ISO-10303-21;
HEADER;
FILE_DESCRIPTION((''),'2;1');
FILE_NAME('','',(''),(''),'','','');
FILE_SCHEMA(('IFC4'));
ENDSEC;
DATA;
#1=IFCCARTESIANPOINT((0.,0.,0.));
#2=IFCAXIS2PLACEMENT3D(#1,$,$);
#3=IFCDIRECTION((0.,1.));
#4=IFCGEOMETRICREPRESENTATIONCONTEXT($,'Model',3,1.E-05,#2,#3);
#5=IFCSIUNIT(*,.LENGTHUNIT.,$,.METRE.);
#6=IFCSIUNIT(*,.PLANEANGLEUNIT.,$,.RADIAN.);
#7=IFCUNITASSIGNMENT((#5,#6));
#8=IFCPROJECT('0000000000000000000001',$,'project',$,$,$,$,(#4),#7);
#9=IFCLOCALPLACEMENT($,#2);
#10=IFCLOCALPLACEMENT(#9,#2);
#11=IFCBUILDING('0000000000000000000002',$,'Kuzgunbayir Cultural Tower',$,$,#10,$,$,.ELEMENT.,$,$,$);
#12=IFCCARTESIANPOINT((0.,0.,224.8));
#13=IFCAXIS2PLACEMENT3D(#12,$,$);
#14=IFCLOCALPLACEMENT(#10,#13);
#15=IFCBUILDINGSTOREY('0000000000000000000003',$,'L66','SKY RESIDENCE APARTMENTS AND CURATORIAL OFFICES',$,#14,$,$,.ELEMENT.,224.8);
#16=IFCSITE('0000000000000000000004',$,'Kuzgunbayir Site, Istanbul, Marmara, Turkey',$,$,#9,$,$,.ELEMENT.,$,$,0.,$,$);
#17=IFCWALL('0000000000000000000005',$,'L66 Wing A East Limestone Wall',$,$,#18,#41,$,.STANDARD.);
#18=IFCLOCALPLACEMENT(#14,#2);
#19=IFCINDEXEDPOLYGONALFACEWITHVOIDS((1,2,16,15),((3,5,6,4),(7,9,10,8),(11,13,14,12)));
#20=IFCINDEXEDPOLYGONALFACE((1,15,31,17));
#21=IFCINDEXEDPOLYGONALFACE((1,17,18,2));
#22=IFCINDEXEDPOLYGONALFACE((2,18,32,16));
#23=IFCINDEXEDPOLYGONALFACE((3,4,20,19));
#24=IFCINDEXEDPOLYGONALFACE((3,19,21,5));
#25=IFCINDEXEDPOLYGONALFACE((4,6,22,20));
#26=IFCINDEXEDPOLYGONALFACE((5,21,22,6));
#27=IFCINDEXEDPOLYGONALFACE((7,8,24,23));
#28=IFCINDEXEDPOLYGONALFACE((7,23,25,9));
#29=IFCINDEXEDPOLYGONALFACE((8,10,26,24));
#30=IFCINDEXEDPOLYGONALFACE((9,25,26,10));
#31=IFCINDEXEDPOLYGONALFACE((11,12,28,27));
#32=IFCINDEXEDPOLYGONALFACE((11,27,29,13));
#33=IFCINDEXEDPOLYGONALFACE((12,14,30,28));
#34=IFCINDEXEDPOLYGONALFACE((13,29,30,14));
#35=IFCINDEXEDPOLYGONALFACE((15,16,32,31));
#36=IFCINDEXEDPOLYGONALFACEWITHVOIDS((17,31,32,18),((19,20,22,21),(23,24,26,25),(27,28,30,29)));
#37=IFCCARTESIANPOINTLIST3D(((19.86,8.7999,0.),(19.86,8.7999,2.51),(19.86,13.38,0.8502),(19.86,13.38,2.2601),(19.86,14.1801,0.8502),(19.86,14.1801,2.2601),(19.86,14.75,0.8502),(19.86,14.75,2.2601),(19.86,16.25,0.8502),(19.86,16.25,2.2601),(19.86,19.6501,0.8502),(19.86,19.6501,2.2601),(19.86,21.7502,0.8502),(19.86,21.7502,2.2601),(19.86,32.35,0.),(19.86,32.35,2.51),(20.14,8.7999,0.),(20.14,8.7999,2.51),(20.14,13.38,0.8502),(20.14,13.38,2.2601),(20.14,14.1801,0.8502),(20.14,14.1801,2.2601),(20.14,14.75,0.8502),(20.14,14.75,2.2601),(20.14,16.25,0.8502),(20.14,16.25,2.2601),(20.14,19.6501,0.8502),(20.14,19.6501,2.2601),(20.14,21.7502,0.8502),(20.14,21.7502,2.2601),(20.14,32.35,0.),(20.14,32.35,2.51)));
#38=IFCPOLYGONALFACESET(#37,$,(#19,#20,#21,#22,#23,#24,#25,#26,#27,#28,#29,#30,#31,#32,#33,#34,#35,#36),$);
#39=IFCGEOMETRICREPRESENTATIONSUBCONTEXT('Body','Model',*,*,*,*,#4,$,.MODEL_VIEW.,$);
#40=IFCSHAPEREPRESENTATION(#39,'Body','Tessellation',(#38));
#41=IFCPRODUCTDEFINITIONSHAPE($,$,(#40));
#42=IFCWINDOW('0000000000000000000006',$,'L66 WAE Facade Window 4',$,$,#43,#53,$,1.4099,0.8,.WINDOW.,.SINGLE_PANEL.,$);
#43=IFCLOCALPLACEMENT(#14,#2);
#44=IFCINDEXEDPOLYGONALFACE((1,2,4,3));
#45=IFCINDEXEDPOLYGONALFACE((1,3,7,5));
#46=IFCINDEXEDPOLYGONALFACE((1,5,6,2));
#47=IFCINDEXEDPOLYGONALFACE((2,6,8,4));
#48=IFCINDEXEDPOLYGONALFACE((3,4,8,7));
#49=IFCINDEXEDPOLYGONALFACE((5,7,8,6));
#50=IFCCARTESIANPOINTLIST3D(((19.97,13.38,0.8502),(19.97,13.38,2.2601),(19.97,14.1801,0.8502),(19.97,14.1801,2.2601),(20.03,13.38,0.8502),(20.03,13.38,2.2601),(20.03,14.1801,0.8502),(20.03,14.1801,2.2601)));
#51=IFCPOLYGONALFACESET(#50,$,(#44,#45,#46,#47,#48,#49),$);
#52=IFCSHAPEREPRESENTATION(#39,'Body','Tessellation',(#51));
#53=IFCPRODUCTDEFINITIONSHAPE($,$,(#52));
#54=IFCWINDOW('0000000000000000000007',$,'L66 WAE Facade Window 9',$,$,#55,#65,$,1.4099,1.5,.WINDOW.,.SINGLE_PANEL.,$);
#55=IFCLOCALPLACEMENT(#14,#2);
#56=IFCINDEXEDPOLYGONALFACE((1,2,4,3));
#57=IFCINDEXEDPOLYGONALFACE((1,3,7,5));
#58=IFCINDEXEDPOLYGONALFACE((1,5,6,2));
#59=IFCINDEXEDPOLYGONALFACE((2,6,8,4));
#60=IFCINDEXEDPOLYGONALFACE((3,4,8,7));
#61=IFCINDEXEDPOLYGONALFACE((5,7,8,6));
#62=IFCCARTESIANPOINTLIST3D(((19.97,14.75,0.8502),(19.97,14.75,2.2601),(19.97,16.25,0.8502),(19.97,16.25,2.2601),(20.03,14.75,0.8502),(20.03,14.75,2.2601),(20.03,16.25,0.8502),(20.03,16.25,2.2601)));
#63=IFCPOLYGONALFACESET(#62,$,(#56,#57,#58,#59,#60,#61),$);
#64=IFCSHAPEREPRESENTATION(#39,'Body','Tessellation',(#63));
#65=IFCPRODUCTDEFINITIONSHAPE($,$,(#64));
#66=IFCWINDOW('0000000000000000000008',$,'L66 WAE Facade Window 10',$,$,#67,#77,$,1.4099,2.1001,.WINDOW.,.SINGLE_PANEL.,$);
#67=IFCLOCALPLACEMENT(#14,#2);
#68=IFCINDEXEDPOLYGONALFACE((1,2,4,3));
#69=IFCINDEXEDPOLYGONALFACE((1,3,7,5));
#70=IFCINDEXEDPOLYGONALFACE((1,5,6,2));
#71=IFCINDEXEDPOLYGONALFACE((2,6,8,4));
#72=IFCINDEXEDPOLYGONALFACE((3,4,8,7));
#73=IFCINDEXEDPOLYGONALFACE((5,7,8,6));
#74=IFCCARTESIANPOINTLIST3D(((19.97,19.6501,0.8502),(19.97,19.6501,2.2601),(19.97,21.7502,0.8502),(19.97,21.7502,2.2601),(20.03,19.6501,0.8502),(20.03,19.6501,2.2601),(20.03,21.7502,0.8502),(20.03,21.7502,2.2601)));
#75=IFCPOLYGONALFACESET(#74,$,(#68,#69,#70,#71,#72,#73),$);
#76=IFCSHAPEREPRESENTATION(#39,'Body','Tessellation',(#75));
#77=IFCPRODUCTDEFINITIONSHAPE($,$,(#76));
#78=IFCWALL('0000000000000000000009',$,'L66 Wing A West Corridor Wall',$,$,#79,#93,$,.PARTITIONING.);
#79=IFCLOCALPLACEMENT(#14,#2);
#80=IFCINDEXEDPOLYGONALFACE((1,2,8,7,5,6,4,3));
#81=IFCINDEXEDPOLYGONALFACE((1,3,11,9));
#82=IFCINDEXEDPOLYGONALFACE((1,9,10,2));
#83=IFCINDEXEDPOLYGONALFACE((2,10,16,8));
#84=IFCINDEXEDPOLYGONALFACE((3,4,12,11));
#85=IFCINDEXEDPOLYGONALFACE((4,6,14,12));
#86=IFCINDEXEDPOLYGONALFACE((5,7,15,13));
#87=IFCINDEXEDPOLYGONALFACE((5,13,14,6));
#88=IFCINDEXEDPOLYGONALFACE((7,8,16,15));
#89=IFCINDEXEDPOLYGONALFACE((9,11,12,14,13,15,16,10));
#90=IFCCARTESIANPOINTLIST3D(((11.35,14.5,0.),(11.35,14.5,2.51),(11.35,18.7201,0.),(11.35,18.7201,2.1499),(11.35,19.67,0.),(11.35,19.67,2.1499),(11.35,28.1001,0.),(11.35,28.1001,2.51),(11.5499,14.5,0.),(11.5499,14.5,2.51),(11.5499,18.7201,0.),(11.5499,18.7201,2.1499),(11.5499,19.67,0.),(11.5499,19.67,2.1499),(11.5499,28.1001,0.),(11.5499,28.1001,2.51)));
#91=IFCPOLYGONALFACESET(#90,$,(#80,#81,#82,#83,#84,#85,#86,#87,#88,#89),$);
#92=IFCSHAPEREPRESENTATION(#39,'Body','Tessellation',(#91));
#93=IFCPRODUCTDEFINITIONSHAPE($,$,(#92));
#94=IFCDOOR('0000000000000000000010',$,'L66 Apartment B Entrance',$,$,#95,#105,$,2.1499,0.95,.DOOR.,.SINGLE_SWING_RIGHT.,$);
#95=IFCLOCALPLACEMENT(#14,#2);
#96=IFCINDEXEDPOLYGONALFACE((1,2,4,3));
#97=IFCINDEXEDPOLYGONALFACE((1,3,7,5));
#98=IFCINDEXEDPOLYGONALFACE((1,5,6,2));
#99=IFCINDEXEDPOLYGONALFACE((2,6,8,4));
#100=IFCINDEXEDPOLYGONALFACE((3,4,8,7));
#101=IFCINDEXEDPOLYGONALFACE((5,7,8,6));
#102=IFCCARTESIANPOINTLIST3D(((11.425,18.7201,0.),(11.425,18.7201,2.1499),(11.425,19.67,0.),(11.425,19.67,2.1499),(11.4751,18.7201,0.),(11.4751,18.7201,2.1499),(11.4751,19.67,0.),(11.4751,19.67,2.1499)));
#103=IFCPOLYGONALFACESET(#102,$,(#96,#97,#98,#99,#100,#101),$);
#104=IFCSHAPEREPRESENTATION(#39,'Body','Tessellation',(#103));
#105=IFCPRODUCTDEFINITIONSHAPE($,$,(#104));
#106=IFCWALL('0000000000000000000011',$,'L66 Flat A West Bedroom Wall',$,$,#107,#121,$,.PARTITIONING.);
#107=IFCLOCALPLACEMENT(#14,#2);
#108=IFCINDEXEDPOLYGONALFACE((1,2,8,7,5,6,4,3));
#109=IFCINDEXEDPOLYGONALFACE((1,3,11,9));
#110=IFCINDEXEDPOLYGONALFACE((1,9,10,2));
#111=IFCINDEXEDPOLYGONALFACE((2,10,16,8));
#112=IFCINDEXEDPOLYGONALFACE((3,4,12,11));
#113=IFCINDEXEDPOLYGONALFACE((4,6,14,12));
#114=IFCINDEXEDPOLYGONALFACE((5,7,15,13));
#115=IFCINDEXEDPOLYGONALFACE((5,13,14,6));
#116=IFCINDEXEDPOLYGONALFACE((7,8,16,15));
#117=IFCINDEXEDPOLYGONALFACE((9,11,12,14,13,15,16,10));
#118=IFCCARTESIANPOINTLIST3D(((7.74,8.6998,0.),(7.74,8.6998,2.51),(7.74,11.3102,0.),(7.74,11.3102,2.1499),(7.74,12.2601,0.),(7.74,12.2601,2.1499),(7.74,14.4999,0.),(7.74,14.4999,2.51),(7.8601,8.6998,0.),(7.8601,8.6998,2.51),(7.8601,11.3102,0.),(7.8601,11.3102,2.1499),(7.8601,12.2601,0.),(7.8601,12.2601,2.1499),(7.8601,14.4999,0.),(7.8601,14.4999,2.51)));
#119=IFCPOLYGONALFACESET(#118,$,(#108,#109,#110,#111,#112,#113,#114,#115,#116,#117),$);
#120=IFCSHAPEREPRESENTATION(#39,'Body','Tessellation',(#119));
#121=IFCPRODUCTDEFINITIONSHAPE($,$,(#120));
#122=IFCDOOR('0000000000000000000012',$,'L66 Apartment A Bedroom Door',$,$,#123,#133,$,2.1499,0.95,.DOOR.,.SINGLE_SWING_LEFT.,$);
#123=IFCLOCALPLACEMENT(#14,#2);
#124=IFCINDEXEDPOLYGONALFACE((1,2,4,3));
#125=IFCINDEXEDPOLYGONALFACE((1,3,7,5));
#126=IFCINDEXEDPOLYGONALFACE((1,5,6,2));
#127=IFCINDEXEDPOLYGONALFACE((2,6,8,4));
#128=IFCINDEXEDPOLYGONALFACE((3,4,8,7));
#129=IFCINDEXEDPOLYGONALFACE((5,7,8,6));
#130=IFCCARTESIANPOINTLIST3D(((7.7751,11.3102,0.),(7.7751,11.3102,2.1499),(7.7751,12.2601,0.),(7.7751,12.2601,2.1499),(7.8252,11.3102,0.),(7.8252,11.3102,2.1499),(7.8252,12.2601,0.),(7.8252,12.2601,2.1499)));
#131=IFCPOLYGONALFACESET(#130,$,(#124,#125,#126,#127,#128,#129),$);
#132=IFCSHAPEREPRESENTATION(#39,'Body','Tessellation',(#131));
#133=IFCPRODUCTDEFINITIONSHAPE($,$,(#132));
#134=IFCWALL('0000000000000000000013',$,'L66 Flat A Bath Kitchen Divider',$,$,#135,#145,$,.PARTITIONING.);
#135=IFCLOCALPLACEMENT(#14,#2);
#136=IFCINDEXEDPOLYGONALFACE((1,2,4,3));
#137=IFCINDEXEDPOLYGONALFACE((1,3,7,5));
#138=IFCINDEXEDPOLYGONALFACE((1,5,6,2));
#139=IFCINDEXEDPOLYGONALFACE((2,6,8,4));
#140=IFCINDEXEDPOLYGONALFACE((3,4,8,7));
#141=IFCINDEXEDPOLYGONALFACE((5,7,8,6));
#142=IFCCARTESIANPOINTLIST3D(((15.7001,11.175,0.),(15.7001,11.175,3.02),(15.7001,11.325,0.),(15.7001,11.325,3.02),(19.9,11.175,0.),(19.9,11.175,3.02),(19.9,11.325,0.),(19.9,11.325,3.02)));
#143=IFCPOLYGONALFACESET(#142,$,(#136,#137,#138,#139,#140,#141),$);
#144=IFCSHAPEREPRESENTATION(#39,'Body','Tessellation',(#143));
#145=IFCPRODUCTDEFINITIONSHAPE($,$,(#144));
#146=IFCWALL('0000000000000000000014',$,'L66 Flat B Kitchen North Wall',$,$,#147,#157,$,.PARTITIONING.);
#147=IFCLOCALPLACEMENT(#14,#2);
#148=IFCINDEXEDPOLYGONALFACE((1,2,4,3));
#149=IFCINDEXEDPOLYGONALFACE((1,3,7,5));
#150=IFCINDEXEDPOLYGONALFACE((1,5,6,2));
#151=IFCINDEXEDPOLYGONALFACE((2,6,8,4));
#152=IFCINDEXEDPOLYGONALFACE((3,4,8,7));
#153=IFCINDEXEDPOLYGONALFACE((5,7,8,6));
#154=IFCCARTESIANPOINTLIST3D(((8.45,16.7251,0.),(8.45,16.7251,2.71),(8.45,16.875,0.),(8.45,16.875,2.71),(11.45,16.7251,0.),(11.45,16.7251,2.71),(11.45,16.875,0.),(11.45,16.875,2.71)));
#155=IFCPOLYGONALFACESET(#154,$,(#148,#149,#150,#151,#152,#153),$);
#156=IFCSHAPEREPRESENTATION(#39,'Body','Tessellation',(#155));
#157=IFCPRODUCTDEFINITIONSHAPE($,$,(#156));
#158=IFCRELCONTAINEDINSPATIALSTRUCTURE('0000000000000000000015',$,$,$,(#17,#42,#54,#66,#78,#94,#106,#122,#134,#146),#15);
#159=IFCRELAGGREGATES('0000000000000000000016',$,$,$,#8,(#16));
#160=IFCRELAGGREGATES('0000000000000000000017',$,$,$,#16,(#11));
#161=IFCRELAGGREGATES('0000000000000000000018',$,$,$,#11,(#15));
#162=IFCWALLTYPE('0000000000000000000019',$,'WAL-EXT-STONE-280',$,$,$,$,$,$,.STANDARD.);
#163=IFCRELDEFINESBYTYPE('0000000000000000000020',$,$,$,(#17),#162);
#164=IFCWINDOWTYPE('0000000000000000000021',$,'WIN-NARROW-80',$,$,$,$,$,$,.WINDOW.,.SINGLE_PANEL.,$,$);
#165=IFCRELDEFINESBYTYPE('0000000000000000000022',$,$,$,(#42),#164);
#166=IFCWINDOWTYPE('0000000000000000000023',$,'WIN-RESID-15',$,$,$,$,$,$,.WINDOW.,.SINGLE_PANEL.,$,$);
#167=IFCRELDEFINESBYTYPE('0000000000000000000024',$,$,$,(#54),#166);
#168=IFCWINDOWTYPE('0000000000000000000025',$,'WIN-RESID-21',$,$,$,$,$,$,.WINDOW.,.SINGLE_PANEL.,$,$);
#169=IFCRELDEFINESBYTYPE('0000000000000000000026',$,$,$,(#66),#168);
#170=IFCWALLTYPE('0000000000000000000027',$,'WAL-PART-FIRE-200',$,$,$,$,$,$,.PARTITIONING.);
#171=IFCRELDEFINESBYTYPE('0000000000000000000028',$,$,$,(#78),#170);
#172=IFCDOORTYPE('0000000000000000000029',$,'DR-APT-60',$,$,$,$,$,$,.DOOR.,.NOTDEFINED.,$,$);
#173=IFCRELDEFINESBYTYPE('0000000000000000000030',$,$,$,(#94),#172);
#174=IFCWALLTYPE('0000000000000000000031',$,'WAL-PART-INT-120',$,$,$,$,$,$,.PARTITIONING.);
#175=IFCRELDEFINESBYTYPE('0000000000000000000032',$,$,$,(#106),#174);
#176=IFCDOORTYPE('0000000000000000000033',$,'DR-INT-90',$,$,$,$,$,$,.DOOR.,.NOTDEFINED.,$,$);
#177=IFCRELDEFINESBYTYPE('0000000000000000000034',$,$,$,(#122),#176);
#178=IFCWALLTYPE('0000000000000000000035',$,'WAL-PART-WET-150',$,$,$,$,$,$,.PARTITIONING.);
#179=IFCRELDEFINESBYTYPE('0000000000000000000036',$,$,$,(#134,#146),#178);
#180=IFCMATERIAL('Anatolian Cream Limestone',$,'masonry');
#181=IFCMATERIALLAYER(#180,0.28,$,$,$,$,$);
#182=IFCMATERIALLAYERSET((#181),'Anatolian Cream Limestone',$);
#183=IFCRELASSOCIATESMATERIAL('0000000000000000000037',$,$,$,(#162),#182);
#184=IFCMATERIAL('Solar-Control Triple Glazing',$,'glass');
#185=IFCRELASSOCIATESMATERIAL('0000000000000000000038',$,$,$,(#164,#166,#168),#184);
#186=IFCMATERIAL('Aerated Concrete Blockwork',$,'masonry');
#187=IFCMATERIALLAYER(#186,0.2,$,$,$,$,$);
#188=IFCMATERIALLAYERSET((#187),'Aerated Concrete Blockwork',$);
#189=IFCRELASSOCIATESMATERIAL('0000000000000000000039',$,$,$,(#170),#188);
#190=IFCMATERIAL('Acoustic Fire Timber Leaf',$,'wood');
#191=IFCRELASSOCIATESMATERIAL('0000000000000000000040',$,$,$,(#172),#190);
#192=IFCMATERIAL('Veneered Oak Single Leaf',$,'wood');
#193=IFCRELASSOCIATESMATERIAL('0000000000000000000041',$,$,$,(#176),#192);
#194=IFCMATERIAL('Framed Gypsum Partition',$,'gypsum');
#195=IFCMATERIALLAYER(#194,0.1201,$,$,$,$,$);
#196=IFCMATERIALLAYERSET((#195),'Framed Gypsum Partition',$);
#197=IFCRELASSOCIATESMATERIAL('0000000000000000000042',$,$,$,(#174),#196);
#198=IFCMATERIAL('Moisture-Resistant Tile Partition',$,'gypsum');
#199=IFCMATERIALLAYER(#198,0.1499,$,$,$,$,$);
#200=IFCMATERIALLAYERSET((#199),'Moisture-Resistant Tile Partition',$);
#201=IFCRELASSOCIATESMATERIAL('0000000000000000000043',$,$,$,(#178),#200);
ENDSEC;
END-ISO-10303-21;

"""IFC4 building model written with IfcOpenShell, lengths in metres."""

from ifc_helpers import new_model, si_unit, direction, frame, frame_2d, origin, place, context, subcontext, project, spatial, rectangle, extrude, material, layer, layer_set, type_object, element, fill, save


model = new_model("IFC4")

# Units and contexts
model_context = context("Model", 3, precision=1e-05, world=origin(), true_north=direction((0.0, 1.0)))
body_context = subcontext(model_context, "Body", "Model", "MODEL_VIEW")
ifc_project = project(units=[si_unit("LENGTHUNIT", "METRE"), si_unit("PLANEANGLEUNIT", "RADIAN")], contexts=[model_context])

# Site, building, storey
site_placement = place(None, origin())
site = spatial("IfcSite", under=ifc_project, at=site_placement, Name="Kuzgunbayir Site, Istanbul, Marmara, Turkey", CompositionType="ELEMENT", RefElevation=0.0)
building_placement = place(site_placement, origin())
building = spatial("IfcBuilding", under=site, at=building_placement, Name="Kuzgunbayir Cultural Tower", CompositionType="ELEMENT")
storey_placement = place(building_placement, frame((0.0, 0.0, 224.8)))
storey = spatial("IfcBuildingStorey", under=building, at=storey_placement, Name="L66", Description="SKY RESIDENCE APARTMENTS AND CURATORIAL OFFICES", CompositionType="ELEMENT", Elevation=224.8)

# Wall, openings, windows
ifc_material_1 = material(Name="Anatolian Cream Limestone", Category="masonry")
ifc_layer_1 = layer(ifc_material_1, 0.28)
ifc_layer_set_1 = layer_set([ifc_layer_1], Name="Anatolian Cream Limestone")
wall_type_1 = type_object("IfcWallType", Name="WAL-EXT-STONE-280", PredefinedType="STANDARD", material=ifc_layer_set_1)
wall_1_placement = place(storey_placement, frame((20.0, 8.8, 0.0), z_axis=(0.0, 0.0, 1.0), x_axis=(0.0, 1.0, 0.0)))
wall_1 = element("IfcWall", 1, at=wall_1_placement, inside=storey, type_object=wall_type_1, Name="L66 Wing A East Limestone Wall", PredefinedType="STANDARD", context=body_context, shape_type="SweptSolid", body=[
    extrude(rectangle(XDim=23.55, YDim=0.28, at=frame_2d((11.7749, 0.0))), origin(), (0.0, 0.0, 1.0), 2.51),
])
opening_1_placement = place(wall_1_placement, frame((4.5801, 0.0, 0.8501)))
opening_1 = element("IfcOpeningElement", 2, at=opening_1_placement, cuts=wall_1, PredefinedType="OPENING", context=body_context, shape_type="SweptSolid", body=[
    extrude(rectangle(XDim=0.8, YDim=1.4099, at=frame_2d((0.3999, 0.7051))), frame((0.0, 0.1499, 0.0), z_axis=(0.0, -1.0, 0.0), x_axis=(1.0, 0.0, 0.0)), (0.0, 0.0, 1.0), 0.3),
])
opening_2_placement = place(wall_1_placement, frame((5.95, 0.0, 0.8501)))
opening_2 = element("IfcOpeningElement", 3, at=opening_2_placement, cuts=wall_1, PredefinedType="OPENING", context=body_context, shape_type="SweptSolid", body=[
    extrude(rectangle(XDim=1.5, YDim=1.4099, at=frame_2d((0.75, 0.7051))), frame((0.0, 0.1499, 0.0), z_axis=(0.0, -1.0, 0.0), x_axis=(1.0, 0.0, 0.0)), (0.0, 0.0, 1.0), 0.3),
])
opening_3_placement = place(wall_1_placement, frame((10.8501, 0.0, 0.8501)))
opening_3 = element("IfcOpeningElement", 4, at=opening_3_placement, cuts=wall_1, PredefinedType="OPENING", context=body_context, shape_type="SweptSolid", body=[
    extrude(rectangle(XDim=2.1001, YDim=1.4099, at=frame_2d((1.05, 0.7051))), frame((0.0, 0.1499, 0.0), z_axis=(0.0, -1.0, 0.0), x_axis=(1.0, 0.0, 0.0)), (0.0, 0.0, 1.0), 0.3),
])
ifc_material_2 = material(Name="Solar-Control Triple Glazing", Category="glass")
window_type_1 = type_object("IfcWindowType", Name="WIN-NARROW-80", PartitioningType="SINGLE_PANEL", PredefinedType="WINDOW", material=ifc_material_2)
window_1_placement = place(opening_1_placement, origin())
window_1 = element("IfcWindow", 5, at=window_1_placement, inside=storey, type_object=window_type_1, Name="L66 WAE Facade Window 4", OverallHeight=1.4099, OverallWidth=0.8, PartitioningType="SINGLE_PANEL", PredefinedType="WINDOW", context=body_context, shape_type="SweptSolid", body=[
    extrude(rectangle(XDim=0.8, YDim=1.4099, at=frame_2d((0.3999, 0.7051))), frame((0.0, 0.03, 0.0), z_axis=(0.0, -1.0, 0.0), x_axis=(1.0, 0.0, 0.0)), (0.0, 0.0, 1.0), 0.0601),
])
fill(opening_1, window_1)
window_type_2 = type_object("IfcWindowType", Name="WIN-RESID-15", PartitioningType="SINGLE_PANEL", PredefinedType="WINDOW", material=ifc_material_2)
window_2_placement = place(opening_2_placement, origin())
window_2 = element("IfcWindow", 6, at=window_2_placement, inside=storey, type_object=window_type_2, Name="L66 WAE Facade Window 9", OverallHeight=1.4099, OverallWidth=1.5, PartitioningType="SINGLE_PANEL", PredefinedType="WINDOW", context=body_context, shape_type="SweptSolid", body=[
    extrude(rectangle(XDim=1.5, YDim=1.4099, at=frame_2d((0.75, 0.7051))), frame((0.0, 0.03, 0.0), z_axis=(0.0, -1.0, 0.0), x_axis=(1.0, 0.0, 0.0)), (0.0, 0.0, 1.0), 0.0601),
])
fill(opening_2, window_2)
window_type_3 = type_object("IfcWindowType", Name="WIN-RESID-21", PartitioningType="SINGLE_PANEL", PredefinedType="WINDOW", material=ifc_material_2)
window_3_placement = place(opening_3_placement, origin())
window_3 = element("IfcWindow", 7, at=window_3_placement, inside=storey, type_object=window_type_3, Name="L66 WAE Facade Window 10", OverallHeight=1.4099, OverallWidth=2.1001, PartitioningType="SINGLE_PANEL", PredefinedType="WINDOW", context=body_context, shape_type="SweptSolid", body=[
    extrude(rectangle(XDim=2.1001, YDim=1.4099, at=frame_2d((1.05, 0.7051))), frame((0.0, 0.03, 0.0), z_axis=(0.0, -1.0, 0.0), x_axis=(1.0, 0.0, 0.0)), (0.0, 0.0, 1.0), 0.0601),
])
fill(opening_3, window_3)

# Wall, opening, door
ifc_material_3 = material(Name="Aerated Concrete Blockwork", Category="masonry")
ifc_layer_2 = layer(ifc_material_3, 0.2)
ifc_layer_set_2 = layer_set([ifc_layer_2], Name="Aerated Concrete Blockwork")
wall_type_2 = type_object("IfcWallType", Name="WAL-PART-FIRE-200", PredefinedType="PARTITIONING", material=ifc_layer_set_2)
wall_2_placement = place(storey_placement, frame((11.45, 14.5, 0.0), z_axis=(0.0, 0.0, 1.0), x_axis=(0.0, 1.0, 0.0)))
wall_2 = element("IfcWall", 8, at=wall_2_placement, inside=storey, type_object=wall_type_2, Name="L66 Wing A West Corridor Wall", PredefinedType="PARTITIONING", context=body_context, shape_type="SweptSolid", body=[
    extrude(rectangle(XDim=13.6001, YDim=0.2, at=frame_2d((6.8, 0.0))), origin(), (0.0, 0.0, 1.0), 2.51),
])
opening_4_placement = place(wall_2_placement, frame((4.22, 0.0, 0.0)))
opening_4 = element("IfcOpeningElement", 9, at=opening_4_placement, cuts=wall_2, PredefinedType="OPENING", context=body_context, shape_type="SweptSolid", body=[
    extrude(rectangle(XDim=0.95, YDim=2.1499, at=frame_2d((0.4751, 1.075))), frame((0.0, 0.1099, 0.0), z_axis=(0.0, -1.0, 0.0), x_axis=(1.0, 0.0, 0.0)), (0.0, 0.0, 1.0), 0.22),
])
ifc_material_4 = material(Name="Acoustic Fire Timber Leaf", Category="wood")
door_type_1 = type_object("IfcDoorType", Name="DR-APT-60", OperationType="NOTDEFINED", PredefinedType="DOOR", material=ifc_material_4)
door_1_placement = place(opening_4_placement, origin())
door_1 = element("IfcDoor", 10, at=door_1_placement, inside=storey, type_object=door_type_1, Name="L66 Apartment B Entrance", OperationType="SINGLE_SWING_RIGHT", OverallHeight=2.1499, OverallWidth=0.95, PredefinedType="DOOR", context=body_context, shape_type="SweptSolid", body=[
    extrude(rectangle(XDim=0.95, YDim=2.1499, at=frame_2d((0.4751, 1.075))), frame((0.0, 0.0249, 0.0), z_axis=(0.0, -1.0, 0.0), x_axis=(1.0, 0.0, 0.0)), (0.0, 0.0, 1.0), 0.05),
])
fill(opening_4, door_1)

# Shared definitions
ifc_material_5 = material(Name="Veneered Oak Single Leaf", Category="wood")
door_type_2 = type_object("IfcDoorType", Name="DR-INT-90", OperationType="NOTDEFINED", PredefinedType="DOOR", material=ifc_material_5)

# Wall, opening, door
ifc_material_6 = material(Name="Framed Gypsum Partition", Category="gypsum")
ifc_layer_3 = layer(ifc_material_6, 0.1201)
ifc_layer_set_3 = layer_set([ifc_layer_3], Name="Framed Gypsum Partition")
wall_type_3 = type_object("IfcWallType", Name="WAL-PART-INT-120", PredefinedType="PARTITIONING", material=ifc_layer_set_3)
wall_3_placement = place(storey_placement, frame((7.8, 8.7, 0.0), z_axis=(0.0, 0.0, 1.0), x_axis=(0.0, 1.0, 0.0)))
wall_3 = element("IfcWall", 11, at=wall_3_placement, inside=storey, type_object=wall_type_3, Name="L66 Flat A West Bedroom Wall", PredefinedType="PARTITIONING", context=body_context, shape_type="SweptSolid", body=[
    extrude(rectangle(XDim=5.8, YDim=0.1201, at=frame_2d((2.8999, 0.0))), origin(), (0.0, 0.0, 1.0), 2.51),
])
opening_5_placement = place(wall_3_placement, frame((2.6101, 0.0, 0.0)))
opening_5 = element("IfcOpeningElement", 12, at=opening_5_placement, cuts=wall_3, PredefinedType="OPENING", context=body_context, shape_type="SweptSolid", body=[
    extrude(rectangle(XDim=0.95, YDim=2.1499, at=frame_2d((0.4751, 1.075))), frame((0.0, 0.0701, 0.0), z_axis=(0.0, -1.0, 0.0), x_axis=(1.0, 0.0, 0.0)), (0.0, 0.0, 1.0), 0.1401),
])
door_2_placement = place(opening_5_placement, origin())
door_2 = element("IfcDoor", 13, at=door_2_placement, inside=storey, type_object=door_type_2, Name="L66 Apartment A Bedroom Door", OperationType="SINGLE_SWING_LEFT", OverallHeight=2.1499, OverallWidth=0.95, PredefinedType="DOOR", context=body_context, shape_type="SweptSolid", body=[
    extrude(rectangle(XDim=0.95, YDim=2.1499, at=frame_2d((0.4751, 1.075))), frame((0.0, 0.0249, 0.0), z_axis=(0.0, -1.0, 0.0), x_axis=(1.0, 0.0, 0.0)), (0.0, 0.0, 1.0), 0.05),
])
fill(opening_5, door_2)

# Shared definitions
ifc_material_7 = material(Name="Moisture-Resistant Tile Partition", Category="gypsum")
ifc_layer_4 = layer(ifc_material_7, 0.1499)
ifc_layer_set_4 = layer_set([ifc_layer_4], Name="Moisture-Resistant Tile Partition")
wall_type_4 = type_object("IfcWallType", Name="WAL-PART-WET-150", PredefinedType="PARTITIONING", material=ifc_layer_set_4)

# Wall
wall_4_placement = place(storey_placement, frame((15.7, 11.25, 0.0), z_axis=(0.0, 0.0, 1.0), x_axis=(1.0, 0.0, 0.0)))
element("IfcWall", 14, at=wall_4_placement, inside=storey, type_object=wall_type_4, Name="L66 Flat A Bath Kitchen Divider", PredefinedType="PARTITIONING", context=body_context, shape_type="SweptSolid", body=[
    extrude(rectangle(XDim=4.2, YDim=0.1499, at=frame_2d((2.1001, 0.0))), origin(), (0.0, 0.0, 1.0), 3.02),
])

# Wall
wall_5_placement = place(storey_placement, frame((8.45, 16.8, 0.0), z_axis=(0.0, 0.0, 1.0), x_axis=(1.0, 0.0, 0.0)))
element("IfcWall", 15, at=wall_5_placement, inside=storey, type_object=wall_type_4, Name="L66 Flat B Kitchen North Wall", PredefinedType="PARTITIONING", context=body_context, shape_type="SweptSolid", body=[
    extrude(rectangle(XDim=3.0, YDim=0.1499, at=frame_2d((1.5, 0.0))), origin(), (0.0, 0.0, 1.0), 2.71),
])

save(model, "model.ifc")
